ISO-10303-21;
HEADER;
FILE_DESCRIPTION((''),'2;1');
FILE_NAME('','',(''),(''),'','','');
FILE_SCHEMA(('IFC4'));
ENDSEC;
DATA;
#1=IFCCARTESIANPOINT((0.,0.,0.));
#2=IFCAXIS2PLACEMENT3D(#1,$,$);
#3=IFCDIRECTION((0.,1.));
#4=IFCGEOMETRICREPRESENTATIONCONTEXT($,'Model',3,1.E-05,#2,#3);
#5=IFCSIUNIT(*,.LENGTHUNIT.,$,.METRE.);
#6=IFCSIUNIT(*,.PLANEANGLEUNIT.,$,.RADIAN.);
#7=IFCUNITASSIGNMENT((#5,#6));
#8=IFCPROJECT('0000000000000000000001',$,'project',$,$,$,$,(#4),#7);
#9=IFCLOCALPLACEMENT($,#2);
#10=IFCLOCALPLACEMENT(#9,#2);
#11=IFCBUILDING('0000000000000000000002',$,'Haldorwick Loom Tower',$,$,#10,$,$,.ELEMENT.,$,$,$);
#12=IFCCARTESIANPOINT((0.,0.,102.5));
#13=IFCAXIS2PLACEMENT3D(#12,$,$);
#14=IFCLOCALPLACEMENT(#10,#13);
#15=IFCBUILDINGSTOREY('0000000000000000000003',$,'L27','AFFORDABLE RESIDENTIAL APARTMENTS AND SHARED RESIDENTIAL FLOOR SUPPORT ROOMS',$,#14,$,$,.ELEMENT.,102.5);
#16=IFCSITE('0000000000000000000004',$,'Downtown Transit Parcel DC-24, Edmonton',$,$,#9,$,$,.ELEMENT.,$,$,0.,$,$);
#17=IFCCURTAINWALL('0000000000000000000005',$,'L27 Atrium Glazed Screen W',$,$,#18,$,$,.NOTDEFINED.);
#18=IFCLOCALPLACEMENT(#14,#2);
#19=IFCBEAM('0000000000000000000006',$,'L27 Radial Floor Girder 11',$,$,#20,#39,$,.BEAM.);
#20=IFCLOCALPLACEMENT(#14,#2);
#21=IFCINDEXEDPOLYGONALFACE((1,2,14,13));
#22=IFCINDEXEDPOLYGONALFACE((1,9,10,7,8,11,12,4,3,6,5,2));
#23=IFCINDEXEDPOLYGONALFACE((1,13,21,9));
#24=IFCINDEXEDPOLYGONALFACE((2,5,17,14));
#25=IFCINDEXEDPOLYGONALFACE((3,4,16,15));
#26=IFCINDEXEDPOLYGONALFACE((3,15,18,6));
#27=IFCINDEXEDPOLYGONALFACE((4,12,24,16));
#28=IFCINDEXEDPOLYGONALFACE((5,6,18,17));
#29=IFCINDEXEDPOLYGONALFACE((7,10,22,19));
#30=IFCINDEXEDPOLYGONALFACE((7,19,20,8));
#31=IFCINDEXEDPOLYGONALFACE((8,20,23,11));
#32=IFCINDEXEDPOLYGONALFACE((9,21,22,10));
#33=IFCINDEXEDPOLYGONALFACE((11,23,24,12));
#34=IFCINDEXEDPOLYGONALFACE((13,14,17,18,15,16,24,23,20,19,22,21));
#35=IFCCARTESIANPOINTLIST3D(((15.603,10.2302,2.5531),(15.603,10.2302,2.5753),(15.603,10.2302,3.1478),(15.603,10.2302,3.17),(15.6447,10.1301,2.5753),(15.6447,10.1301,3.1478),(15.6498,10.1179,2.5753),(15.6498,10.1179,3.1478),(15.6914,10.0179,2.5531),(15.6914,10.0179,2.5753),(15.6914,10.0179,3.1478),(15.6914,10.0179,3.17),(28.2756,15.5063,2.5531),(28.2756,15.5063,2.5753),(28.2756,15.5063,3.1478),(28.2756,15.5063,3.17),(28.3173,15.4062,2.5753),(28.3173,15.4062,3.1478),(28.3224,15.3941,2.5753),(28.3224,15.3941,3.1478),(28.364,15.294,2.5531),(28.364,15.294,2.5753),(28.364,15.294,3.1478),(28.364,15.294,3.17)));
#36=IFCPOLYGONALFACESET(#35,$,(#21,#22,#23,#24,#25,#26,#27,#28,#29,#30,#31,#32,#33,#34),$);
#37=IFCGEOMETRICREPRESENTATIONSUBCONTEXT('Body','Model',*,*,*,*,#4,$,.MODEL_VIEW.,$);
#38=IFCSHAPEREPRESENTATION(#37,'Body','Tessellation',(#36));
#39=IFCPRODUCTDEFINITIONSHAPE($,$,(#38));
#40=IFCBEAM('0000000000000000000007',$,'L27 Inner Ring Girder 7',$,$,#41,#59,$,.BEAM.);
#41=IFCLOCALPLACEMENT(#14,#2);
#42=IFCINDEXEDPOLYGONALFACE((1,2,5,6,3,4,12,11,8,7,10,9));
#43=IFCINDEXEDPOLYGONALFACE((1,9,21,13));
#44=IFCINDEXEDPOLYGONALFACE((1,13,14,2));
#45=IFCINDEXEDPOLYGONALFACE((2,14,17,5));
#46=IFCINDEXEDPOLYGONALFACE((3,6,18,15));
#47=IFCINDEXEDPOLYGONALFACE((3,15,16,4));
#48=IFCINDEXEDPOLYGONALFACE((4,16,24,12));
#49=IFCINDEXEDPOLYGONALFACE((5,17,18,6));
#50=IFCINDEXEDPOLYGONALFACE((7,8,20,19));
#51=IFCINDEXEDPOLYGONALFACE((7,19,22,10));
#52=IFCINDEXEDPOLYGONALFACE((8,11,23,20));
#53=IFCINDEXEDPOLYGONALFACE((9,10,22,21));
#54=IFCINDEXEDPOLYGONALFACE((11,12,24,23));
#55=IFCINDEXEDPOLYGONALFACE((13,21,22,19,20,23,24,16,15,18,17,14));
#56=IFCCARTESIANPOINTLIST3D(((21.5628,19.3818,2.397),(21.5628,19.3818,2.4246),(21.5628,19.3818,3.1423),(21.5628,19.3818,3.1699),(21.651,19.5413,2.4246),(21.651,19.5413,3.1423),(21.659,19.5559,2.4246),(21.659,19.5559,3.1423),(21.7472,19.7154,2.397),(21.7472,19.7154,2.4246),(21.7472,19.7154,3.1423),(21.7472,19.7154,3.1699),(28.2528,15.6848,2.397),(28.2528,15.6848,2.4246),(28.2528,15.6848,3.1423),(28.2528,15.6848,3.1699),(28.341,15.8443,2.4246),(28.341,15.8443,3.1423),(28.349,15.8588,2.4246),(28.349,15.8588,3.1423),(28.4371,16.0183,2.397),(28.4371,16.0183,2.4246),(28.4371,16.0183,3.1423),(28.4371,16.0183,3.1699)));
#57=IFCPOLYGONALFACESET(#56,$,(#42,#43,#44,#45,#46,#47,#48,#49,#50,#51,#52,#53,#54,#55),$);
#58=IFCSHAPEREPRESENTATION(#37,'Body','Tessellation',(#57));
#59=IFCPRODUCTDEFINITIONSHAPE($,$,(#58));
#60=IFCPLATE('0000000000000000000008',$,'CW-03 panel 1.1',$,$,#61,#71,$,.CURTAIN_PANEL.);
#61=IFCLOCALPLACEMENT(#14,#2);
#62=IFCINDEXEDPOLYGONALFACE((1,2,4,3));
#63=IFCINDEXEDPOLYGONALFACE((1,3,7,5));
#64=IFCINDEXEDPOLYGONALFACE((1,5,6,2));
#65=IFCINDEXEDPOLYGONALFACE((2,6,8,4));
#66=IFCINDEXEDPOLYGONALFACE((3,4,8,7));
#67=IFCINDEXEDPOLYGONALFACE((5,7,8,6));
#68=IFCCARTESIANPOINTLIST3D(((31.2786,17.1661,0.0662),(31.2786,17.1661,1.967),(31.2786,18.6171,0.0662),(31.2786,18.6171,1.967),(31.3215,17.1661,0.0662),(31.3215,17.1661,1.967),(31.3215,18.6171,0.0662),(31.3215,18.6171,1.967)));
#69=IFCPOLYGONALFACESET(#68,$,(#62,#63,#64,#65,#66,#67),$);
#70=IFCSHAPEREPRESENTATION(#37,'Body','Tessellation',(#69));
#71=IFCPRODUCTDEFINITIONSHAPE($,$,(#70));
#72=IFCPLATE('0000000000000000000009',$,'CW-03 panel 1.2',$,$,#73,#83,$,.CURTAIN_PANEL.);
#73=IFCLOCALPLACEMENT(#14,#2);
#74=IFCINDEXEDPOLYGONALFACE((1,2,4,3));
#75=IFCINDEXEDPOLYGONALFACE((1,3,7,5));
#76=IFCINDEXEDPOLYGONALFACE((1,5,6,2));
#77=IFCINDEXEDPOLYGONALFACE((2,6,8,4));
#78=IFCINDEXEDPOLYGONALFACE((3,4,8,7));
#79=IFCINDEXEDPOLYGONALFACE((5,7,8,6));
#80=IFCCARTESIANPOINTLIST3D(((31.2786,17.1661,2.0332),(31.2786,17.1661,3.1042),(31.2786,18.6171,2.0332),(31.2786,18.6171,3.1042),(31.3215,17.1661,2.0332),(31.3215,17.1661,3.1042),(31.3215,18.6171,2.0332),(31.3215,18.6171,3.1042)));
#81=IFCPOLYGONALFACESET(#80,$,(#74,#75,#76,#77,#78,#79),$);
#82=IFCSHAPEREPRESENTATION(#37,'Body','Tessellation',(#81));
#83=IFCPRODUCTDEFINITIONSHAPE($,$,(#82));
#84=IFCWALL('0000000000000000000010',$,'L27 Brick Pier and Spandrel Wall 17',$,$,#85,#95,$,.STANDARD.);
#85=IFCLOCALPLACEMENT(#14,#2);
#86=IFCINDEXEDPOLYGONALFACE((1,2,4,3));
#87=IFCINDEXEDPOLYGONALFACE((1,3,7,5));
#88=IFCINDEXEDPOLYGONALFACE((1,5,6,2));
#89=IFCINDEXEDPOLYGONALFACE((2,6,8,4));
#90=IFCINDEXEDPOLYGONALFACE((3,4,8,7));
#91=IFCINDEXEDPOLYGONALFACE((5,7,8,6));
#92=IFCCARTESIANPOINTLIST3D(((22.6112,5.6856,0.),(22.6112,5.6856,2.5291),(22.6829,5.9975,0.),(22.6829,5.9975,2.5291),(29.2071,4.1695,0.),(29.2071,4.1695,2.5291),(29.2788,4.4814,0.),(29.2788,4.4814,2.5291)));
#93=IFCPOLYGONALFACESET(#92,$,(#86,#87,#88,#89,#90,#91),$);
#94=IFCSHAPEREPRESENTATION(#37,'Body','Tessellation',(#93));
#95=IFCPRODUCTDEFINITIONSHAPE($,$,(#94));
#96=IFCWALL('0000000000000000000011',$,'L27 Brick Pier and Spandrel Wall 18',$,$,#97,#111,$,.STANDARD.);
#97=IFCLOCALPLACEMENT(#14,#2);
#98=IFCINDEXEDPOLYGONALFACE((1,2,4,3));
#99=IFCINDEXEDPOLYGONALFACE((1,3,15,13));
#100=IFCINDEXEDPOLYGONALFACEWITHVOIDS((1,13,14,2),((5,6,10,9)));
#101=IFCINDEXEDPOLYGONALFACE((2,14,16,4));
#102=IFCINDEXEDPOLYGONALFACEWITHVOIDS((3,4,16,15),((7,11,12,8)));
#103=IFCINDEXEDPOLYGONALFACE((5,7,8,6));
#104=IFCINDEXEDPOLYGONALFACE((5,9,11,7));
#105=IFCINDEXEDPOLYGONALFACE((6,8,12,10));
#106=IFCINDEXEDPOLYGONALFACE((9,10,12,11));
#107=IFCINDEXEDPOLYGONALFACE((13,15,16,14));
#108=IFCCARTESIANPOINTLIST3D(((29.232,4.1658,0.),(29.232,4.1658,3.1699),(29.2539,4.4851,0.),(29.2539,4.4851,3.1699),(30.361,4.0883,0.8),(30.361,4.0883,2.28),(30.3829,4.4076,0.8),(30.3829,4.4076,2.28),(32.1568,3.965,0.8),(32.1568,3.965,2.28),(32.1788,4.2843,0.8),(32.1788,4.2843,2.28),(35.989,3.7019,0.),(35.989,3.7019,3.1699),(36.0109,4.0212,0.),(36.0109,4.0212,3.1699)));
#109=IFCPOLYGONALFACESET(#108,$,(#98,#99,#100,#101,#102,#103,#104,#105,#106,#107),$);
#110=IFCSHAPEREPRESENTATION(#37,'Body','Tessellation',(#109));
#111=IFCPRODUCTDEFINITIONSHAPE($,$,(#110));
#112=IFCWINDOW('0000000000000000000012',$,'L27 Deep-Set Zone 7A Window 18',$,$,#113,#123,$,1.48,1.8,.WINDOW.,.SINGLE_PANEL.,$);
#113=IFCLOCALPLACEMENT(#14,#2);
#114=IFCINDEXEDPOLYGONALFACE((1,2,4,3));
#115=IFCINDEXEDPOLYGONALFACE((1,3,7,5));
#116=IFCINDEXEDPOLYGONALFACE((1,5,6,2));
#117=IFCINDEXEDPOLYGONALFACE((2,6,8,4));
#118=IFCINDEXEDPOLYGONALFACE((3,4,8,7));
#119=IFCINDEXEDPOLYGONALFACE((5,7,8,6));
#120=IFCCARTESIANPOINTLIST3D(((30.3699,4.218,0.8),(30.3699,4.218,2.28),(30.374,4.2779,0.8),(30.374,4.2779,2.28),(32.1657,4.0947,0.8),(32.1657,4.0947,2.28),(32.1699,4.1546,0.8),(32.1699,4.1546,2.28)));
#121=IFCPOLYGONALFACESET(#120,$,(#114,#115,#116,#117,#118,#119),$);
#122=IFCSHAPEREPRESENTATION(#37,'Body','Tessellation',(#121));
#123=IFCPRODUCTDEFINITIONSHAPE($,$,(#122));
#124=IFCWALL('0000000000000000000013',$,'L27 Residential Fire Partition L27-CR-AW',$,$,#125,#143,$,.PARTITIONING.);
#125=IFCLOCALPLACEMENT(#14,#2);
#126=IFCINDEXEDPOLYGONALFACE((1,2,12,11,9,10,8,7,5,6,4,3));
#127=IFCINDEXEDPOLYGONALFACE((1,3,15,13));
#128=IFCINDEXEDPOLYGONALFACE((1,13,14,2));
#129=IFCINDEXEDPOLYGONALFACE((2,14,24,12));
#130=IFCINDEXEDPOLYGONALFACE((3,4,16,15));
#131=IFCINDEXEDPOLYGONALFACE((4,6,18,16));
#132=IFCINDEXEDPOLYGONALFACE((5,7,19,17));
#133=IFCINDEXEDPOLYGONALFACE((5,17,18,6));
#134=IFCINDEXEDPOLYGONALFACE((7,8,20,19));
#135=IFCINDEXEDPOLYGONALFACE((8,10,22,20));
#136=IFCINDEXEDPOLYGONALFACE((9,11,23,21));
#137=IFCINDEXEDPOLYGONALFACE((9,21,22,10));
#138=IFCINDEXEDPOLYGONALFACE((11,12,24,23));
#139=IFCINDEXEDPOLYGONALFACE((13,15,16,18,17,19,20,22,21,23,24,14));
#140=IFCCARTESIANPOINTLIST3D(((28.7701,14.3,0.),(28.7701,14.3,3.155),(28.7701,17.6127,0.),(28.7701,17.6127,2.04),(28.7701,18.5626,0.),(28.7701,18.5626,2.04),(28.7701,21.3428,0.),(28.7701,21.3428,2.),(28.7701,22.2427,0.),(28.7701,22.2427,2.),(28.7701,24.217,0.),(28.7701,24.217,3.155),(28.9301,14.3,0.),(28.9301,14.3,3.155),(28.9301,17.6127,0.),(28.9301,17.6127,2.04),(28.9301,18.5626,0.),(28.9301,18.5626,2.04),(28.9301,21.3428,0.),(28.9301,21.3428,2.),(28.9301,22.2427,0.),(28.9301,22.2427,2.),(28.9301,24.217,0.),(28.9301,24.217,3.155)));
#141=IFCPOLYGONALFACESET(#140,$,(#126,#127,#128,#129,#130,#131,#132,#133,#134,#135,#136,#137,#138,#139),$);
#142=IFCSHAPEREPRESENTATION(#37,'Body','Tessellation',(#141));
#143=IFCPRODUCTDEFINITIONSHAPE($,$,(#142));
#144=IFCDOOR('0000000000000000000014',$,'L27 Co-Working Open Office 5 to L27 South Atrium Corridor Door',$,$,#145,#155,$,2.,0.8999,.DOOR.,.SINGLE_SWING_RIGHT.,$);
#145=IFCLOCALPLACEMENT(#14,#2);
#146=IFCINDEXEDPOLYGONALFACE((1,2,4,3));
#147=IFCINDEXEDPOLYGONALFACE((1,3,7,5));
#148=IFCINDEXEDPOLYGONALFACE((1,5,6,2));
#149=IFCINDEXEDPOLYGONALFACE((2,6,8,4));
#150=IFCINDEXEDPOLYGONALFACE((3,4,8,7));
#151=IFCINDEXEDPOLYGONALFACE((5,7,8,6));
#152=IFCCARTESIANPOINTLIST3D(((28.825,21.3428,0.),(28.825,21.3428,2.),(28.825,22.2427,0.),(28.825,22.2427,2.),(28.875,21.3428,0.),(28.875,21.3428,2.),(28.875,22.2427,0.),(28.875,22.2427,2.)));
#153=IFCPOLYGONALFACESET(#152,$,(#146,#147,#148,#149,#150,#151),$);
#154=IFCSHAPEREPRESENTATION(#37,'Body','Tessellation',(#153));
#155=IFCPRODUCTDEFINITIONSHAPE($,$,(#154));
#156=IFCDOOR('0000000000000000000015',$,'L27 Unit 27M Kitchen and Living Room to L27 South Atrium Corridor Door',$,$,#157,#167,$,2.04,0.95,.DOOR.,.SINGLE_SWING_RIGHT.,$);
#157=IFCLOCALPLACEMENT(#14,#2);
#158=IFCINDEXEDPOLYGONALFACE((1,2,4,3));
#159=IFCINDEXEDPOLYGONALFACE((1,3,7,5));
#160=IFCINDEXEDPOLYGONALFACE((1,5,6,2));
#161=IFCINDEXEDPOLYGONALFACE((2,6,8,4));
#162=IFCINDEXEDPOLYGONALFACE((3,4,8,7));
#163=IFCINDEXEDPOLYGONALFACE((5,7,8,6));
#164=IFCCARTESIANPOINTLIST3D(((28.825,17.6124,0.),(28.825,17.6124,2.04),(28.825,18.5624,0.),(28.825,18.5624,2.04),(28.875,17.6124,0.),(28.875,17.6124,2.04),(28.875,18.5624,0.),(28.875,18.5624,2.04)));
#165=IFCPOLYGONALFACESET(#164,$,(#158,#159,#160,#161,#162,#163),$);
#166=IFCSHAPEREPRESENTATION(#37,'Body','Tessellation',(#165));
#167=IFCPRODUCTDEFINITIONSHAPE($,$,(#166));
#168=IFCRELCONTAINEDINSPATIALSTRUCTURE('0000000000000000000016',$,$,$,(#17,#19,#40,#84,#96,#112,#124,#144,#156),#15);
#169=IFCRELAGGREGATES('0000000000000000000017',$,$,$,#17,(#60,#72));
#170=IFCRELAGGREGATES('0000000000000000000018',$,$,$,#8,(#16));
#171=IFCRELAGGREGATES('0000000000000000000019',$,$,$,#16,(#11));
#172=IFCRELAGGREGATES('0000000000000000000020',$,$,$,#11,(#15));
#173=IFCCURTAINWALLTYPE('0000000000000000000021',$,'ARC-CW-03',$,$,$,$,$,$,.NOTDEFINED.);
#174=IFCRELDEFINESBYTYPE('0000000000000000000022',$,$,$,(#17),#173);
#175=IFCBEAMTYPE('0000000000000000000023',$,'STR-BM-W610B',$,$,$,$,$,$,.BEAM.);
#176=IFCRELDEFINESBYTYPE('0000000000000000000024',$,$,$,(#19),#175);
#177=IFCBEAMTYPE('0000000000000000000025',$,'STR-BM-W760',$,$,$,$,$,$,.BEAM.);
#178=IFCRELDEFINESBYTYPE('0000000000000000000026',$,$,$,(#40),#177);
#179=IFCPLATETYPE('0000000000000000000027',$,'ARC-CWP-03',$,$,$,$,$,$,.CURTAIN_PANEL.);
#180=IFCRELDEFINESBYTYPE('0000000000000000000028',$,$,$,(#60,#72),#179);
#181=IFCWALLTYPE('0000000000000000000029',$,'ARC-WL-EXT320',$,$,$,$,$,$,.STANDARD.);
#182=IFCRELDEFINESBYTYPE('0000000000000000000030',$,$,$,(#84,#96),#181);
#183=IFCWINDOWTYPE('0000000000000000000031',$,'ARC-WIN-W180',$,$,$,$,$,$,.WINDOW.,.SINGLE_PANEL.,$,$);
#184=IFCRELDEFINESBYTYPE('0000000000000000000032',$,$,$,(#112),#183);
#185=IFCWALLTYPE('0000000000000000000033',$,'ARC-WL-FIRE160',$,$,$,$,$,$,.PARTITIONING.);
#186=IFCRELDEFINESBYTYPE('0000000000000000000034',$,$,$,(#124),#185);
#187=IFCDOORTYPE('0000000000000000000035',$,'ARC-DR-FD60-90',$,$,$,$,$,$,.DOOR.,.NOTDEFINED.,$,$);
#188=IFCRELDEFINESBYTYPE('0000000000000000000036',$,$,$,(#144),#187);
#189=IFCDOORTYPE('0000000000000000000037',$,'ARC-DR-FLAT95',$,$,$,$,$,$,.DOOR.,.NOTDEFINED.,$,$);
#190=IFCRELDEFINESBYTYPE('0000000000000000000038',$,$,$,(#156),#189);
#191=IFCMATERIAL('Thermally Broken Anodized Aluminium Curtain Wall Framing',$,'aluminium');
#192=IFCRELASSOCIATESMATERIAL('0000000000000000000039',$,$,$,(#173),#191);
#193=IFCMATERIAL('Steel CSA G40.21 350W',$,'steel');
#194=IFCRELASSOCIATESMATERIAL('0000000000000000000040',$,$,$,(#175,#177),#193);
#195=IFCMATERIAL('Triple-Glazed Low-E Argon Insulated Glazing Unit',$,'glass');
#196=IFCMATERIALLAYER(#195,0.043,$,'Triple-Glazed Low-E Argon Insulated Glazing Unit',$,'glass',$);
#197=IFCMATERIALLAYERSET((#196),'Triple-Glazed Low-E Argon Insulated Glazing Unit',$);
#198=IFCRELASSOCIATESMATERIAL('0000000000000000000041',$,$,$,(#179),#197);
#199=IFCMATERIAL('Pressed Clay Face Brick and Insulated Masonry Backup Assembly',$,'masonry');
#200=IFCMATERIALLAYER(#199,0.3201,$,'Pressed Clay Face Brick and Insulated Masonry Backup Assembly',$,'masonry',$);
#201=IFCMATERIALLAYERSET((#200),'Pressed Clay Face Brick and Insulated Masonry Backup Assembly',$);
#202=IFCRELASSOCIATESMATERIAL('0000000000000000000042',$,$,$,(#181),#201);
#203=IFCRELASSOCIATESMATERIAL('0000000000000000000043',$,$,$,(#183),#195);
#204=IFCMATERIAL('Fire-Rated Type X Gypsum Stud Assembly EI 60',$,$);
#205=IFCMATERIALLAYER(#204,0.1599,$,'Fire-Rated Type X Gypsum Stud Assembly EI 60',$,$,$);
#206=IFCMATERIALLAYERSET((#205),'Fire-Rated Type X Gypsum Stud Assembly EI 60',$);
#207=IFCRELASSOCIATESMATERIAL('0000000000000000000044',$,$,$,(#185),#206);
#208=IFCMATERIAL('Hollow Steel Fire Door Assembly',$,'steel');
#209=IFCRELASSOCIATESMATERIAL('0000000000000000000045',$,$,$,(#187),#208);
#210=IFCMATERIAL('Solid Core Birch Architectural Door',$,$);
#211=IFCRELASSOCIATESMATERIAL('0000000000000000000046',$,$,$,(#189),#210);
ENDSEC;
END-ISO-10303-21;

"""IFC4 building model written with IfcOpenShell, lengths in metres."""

from ifc_helpers import new_model, si_unit, direction, frame, frame_2d, origin, origin_2d, place, context, subcontext, project, spatial, rectangle, i_section, extrude, material, layer, layer_set, material_profile, profile_set, type_object, element, fill, aggregate, save


model = new_model("IFC4")

# Units and contexts
model_context = context("Model", 3, precision=1e-05, world=origin(), true_north=direction((0.0, 1.0)))
body_context = subcontext(model_context, "Body", "Model", "MODEL_VIEW")
ifc_project = project(units=[si_unit("LENGTHUNIT", "METRE"), si_unit("PLANEANGLEUNIT", "RADIAN")], contexts=[model_context])

# Site, building, storey
site_placement = place(None, origin())
site = spatial("IfcSite", under=ifc_project, at=site_placement, Name="Downtown Transit Parcel DC-24, Edmonton", CompositionType="ELEMENT", RefElevation=0.0)
building_placement = place(site_placement, origin())
building = spatial("IfcBuilding", under=site, at=building_placement, Name="Haldorwick Loom Tower", CompositionType="ELEMENT")
storey_placement = place(building_placement, frame((0.0, 0.0, 102.5)))
storey = spatial("IfcBuildingStorey", under=building, at=storey_placement, Name="L27", Description="AFFORDABLE RESIDENTIAL APARTMENTS AND SHARED RESIDENTIAL FLOOR SUPPORT ROOMS", CompositionType="ELEMENT", Elevation=102.5)

# Curtain wall
ifc_material_1 = material(Name="Thermally Broken Anodized Aluminium Curtain Wall Framing", Category="aluminium")
curtain_wall_type = type_object("IfcCurtainWallType", Name="ARC-CW-03", PredefinedType="NOTDEFINED", material=ifc_material_1)
curtain_wall_placement = place(storey_placement, origin())
curtain_wall = element("IfcCurtainWall", 1, at=curtain_wall_placement, inside=storey, type_object=curtain_wall_type, Name="L27 Atrium Glazed Screen W", PredefinedType="NOTDEFINED")

# Beams
ifc_material_2 = material(Name="Steel CSA G40.21 350W", Category="steel")
ifc_material_profile_1 = material_profile(ifc_material_2, i_section(OverallWidth=0.23, OverallDepth=0.6169, WebThickness=0.0132, FlangeThickness=0.0222, at=origin_2d()), Name="W610X140", Category="steel")
ifc_profile_set_1 = profile_set([ifc_material_profile_1], Name="Steel CSA G40.21 350W")
beam_type_1 = type_object("IfcBeamType", Name="STR-BM-W610B", PredefinedType="BEAM", material=ifc_profile_set_1)
beam_1_placement = place(storey_placement, frame((28.3198, 15.4001, 2.8616), z_axis=(-0.923184, -0.384359, 0.0), x_axis=(0.384359, -0.923184, 0.0)))
element("IfcBeam", 2, at=beam_1_placement, inside=storey, type_object=beam_type_1, Name="L27 Radial Floor Girder 11", PredefinedType="BEAM", context=body_context, shape_type="SweptSolid", body=[
    extrude(i_section(OverallWidth=0.23, OverallDepth=0.6169, WebThickness=0.0132, FlangeThickness=0.0222, at=origin_2d()), origin(), (0.0, 0.0, 1.0), 13.7271),
])
ifc_material_profile_2 = material_profile(ifc_material_2, i_section(OverallWidth=0.3811, OverallDepth=0.7729, WebThickness=0.0166, FlangeThickness=0.0276, at=origin_2d()), Name="W760X257", Category="steel")
ifc_profile_set_2 = profile_set([ifc_material_profile_2], Name="Steel CSA G40.21 350W")
beam_type_2 = type_object("IfcBeamType", Name="STR-BM-W760", PredefinedType="BEAM", material=ifc_profile_set_2)
beam_2_placement = place(storey_placement, frame((28.345, 15.8516, 2.7834), z_axis=(-0.875244, 0.483681, 0.0), x_axis=(-0.483681, -0.875244, 0.0)))
element("IfcBeam", 3, at=beam_2_placement, inside=storey, type_object=beam_type_2, Name="L27 Inner Ring Girder 7", PredefinedType="BEAM", context=body_context, shape_type="SweptSolid", body=[
    extrude(i_section(OverallWidth=0.3811, OverallDepth=0.7729, WebThickness=0.0166, FlangeThickness=0.0276, at=origin_2d()), origin(), (0.0, 0.0, 1.0), 7.6436),
])

# Plates
ifc_material_3 = material(Name="Triple-Glazed Low-E Argon Insulated Glazing Unit", Category="glass")
ifc_layer_1 = layer(ifc_material_3, 0.043, Name="Triple-Glazed Low-E Argon Insulated Glazing Unit", Category="glass")
ifc_layer_set_1 = layer_set([ifc_layer_1], Name="Triple-Glazed Low-E Argon Insulated Glazing Unit")
plate_type = type_object("IfcPlateType", Name="ARC-CWP-03", PredefinedType="CURTAIN_PANEL", material=ifc_layer_set_1)
plate_1_placement = place(storey_placement, frame((31.3, 17.8916, 0.0662), z_axis=(0.0, 0.0, 1.0), x_axis=(0.0, 1.0, 0.0)))
plate_1 = element("IfcPlate", 4, at=plate_1_placement, type_object=plate_type, Name="CW-03 panel 1.1", PredefinedType="CURTAIN_PANEL", context=body_context, shape_type="SweptSolid", body=[
    extrude(rectangle(XDim=1.4509, YDim=0.043, at=origin_2d()), origin(), (0.0, 0.0, 1.0), 1.9009),
])
plate_2_placement = place(storey_placement, frame((31.3, 17.8916, 2.0332), z_axis=(0.0, 0.0, 1.0), x_axis=(0.0, 1.0, 0.0)))
plate_2 = element("IfcPlate", 5, at=plate_2_placement, type_object=plate_type, Name="CW-03 panel 1.2", PredefinedType="CURTAIN_PANEL", context=body_context, shape_type="SweptSolid", body=[
    extrude(rectangle(XDim=1.4509, YDim=0.043, at=origin_2d()), origin(), (0.0, 0.0, 1.0), 1.071),
])
aggregate(curtain_wall, [plate_1, plate_2])

# Wall
ifc_material_4 = material(Name="Pressed Clay Face Brick and Insulated Masonry Backup Assembly", Category="masonry")
ifc_layer_2 = layer(ifc_material_4, 0.3201, Name="Pressed Clay Face Brick and Insulated Masonry Backup Assembly", Category="masonry")
ifc_layer_set_2 = layer_set([ifc_layer_2], Name="Pressed Clay Face Brick and Insulated Masonry Backup Assembly")
wall_type_1 = type_object("IfcWallType", Name="ARC-WL-EXT320", PredefinedType="STANDARD", material=ifc_layer_set_2)
wall_1_placement = place(storey_placement, frame((22.6472, 5.8416, 0.0), z_axis=(0.0, 0.0, 1.0), x_axis=(0.974584, -0.224022, 0.0)))
element("IfcWall", 6, at=wall_1_placement, inside=storey, type_object=wall_type_1, Name="L27 Brick Pier and Spandrel Wall 17", PredefinedType="STANDARD", context=body_context, shape_type="SweptSolid", body=[
    extrude(rectangle(XDim=6.7678, YDim=0.3201, at=frame_2d((3.3838, 0.0))), origin(), (0.0, 0.0, 1.0), 2.5291),
])

# Wall, opening, window
wall_2_placement = place(storey_placement, frame((29.2429, 4.3254, 0.0), z_axis=(0.0, 0.0, 1.0), x_axis=(0.997652, -0.068488, 0.0)))
wall_2 = element("IfcWall", 7, at=wall_2_placement, inside=storey, type_object=wall_type_1, Name="L27 Brick Pier and Spandrel Wall 18", PredefinedType="STANDARD", context=body_context, shape_type="SweptSolid", body=[
    extrude(rectangle(XDim=6.7729, YDim=0.3201, at=frame_2d((3.3865, 0.0))), origin(), (0.0, 0.0, 1.0), 3.1699),
])
opening_1_placement = place(wall_2_placement, frame((1.1318, 0.0, 0.8)))
opening_1 = element("IfcOpeningElement", 8, at=opening_1_placement, cuts=wall_2, PredefinedType="OPENING", context=body_context, shape_type="SweptSolid", body=[
    extrude(rectangle(XDim=1.8, YDim=1.48, at=frame_2d((0.8999, 0.74))), frame((0.0, 0.1699, 0.0), z_axis=(0.0, -1.0, 0.0), x_axis=(1.0, 0.0, 0.0)), (0.0, 0.0, 1.0), 0.3401),
])
window_type = type_object("IfcWindowType", Name="ARC-WIN-W180", PartitioningType="SINGLE_PANEL", PredefinedType="WINDOW", material=ifc_material_3)
window_placement = place(opening_1_placement, origin())
window = element("IfcWindow", 9, at=window_placement, inside=storey, type_object=window_type, Name="L27 Deep-Set Zone 7A Window 18", OverallHeight=1.48, OverallWidth=1.8, PartitioningType="SINGLE_PANEL", PredefinedType="WINDOW", context=body_context, shape_type="SweptSolid", body=[
    extrude(rectangle(XDim=1.8, YDim=1.48, at=frame_2d((0.8999, 0.74))), frame((0.0, 0.03, 0.0), z_axis=(0.0, -1.0, 0.0), x_axis=(1.0, 0.0, 0.0)), (0.0, 0.0, 1.0), 0.0601),
])
fill(opening_1, window)

# Wall, openings, doors
ifc_material_5 = material(Name="Fire-Rated Type X Gypsum Stud Assembly EI 60")
ifc_layer_3 = layer(ifc_material_5, 0.1599, Name="Fire-Rated Type X Gypsum Stud Assembly EI 60")
ifc_layer_set_3 = layer_set([ifc_layer_3], Name="Fire-Rated Type X Gypsum Stud Assembly EI 60")
wall_type_2 = type_object("IfcWallType", Name="ARC-WL-FIRE160", PredefinedType="PARTITIONING", material=ifc_layer_set_3)
wall_3_placement = place(storey_placement, frame((28.8501, 14.3, 0.0), z_axis=(0.0, 0.0, 1.0), x_axis=(0.0, 1.0, 0.0)))
wall_3 = element("IfcWall", 10, at=wall_3_placement, inside=storey, type_object=wall_type_2, Name="L27 Residential Fire Partition L27-CR-AW", PredefinedType="PARTITIONING", context=body_context, shape_type="SweptSolid", body=[
    extrude(rectangle(XDim=9.917, YDim=0.1599, at=frame_2d((4.9585, 0.0))), origin(), (0.0, 0.0, 1.0), 3.155),
])
opening_2_placement = place(wall_3_placement, frame((3.3125, 0.0, 0.0)))
opening_2 = element("IfcOpeningElement", 11, at=opening_2_placement, cuts=wall_3, PredefinedType="OPENING", context=body_context, shape_type="SweptSolid", body=[
    extrude(rectangle(XDim=0.95, YDim=2.04, at=frame_2d((0.4751, 1.02))), frame((0.0, 0.0898, 0.0), z_axis=(0.0, -1.0, 0.0), x_axis=(1.0, 0.0, 0.0)), (0.0, 0.0, 1.0), 0.1799),
])
opening_3_placement = place(wall_3_placement, frame((7.0427, 0.0, 0.0)))
opening_3 = element("IfcOpeningElement", 12, at=opening_3_placement, cuts=wall_3, PredefinedType="OPENING", context=body_context, shape_type="SweptSolid", body=[
    extrude(rectangle(XDim=0.8999, YDim=2.0, at=frame_2d((0.45, 1.0))), frame((0.0, 0.0898, 0.0), z_axis=(0.0, -1.0, 0.0), x_axis=(1.0, 0.0, 0.0)), (0.0, 0.0, 1.0), 0.1799),
])
ifc_material_6 = material(Name="Hollow Steel Fire Door Assembly", Category="steel")
door_type_1 = type_object("IfcDoorType", Name="ARC-DR-FD60-90", OperationType="NOTDEFINED", PredefinedType="DOOR", material=ifc_material_6)
door_1_placement = place(opening_3_placement, frame((0.8999, 0.0, 0.0), z_axis=(0.0, 0.0, 1.0), x_axis=(-1.0, 0.0, 0.0)))
door_1 = element("IfcDoor", 13, at=door_1_placement, inside=storey, type_object=door_type_1, Name="L27 Co-Working Open Office 5 to L27 South Atrium Corridor Door", OperationType="SINGLE_SWING_RIGHT", OverallHeight=2.0, OverallWidth=0.8999, PredefinedType="DOOR", context=body_context, shape_type="SweptSolid", body=[
    extrude(rectangle(XDim=0.8999, YDim=2.0, at=frame_2d((0.45, 1.0))), frame((0.0, 0.0249, 0.0), z_axis=(0.0, -1.0, 0.0), x_axis=(1.0, 0.0, 0.0)), (0.0, 0.0, 1.0), 0.05),
])
fill(opening_3, door_1)
ifc_material_7 = material(Name="Solid Core Birch Architectural Door")
door_type_2 = type_object("IfcDoorType", Name="ARC-DR-FLAT95", OperationType="NOTDEFINED", PredefinedType="DOOR", material=ifc_material_7)
door_2_placement = place(opening_2_placement, frame((0.95, 0.0, 0.0), z_axis=(0.0, 0.0, 1.0), x_axis=(-1.0, 0.0, 0.0)))
door_2 = element("IfcDoor", 14, at=door_2_placement, inside=storey, type_object=door_type_2, Name="L27 Unit 27M Kitchen and Living Room to L27 South Atrium Corridor Door", OperationType="SINGLE_SWING_RIGHT", OverallHeight=2.04, OverallWidth=0.95, PredefinedType="DOOR", context=body_context, shape_type="SweptSolid", body=[
    extrude(rectangle(XDim=0.95, YDim=2.04, at=frame_2d((0.4751, 1.02))), frame((0.0, 0.0249, 0.0), z_axis=(0.0, -1.0, 0.0), x_axis=(1.0, 0.0, 0.0)), (0.0, 0.0, 1.0), 0.05),
])
fill(opening_2, door_2)

save(model, "model.ifc")
